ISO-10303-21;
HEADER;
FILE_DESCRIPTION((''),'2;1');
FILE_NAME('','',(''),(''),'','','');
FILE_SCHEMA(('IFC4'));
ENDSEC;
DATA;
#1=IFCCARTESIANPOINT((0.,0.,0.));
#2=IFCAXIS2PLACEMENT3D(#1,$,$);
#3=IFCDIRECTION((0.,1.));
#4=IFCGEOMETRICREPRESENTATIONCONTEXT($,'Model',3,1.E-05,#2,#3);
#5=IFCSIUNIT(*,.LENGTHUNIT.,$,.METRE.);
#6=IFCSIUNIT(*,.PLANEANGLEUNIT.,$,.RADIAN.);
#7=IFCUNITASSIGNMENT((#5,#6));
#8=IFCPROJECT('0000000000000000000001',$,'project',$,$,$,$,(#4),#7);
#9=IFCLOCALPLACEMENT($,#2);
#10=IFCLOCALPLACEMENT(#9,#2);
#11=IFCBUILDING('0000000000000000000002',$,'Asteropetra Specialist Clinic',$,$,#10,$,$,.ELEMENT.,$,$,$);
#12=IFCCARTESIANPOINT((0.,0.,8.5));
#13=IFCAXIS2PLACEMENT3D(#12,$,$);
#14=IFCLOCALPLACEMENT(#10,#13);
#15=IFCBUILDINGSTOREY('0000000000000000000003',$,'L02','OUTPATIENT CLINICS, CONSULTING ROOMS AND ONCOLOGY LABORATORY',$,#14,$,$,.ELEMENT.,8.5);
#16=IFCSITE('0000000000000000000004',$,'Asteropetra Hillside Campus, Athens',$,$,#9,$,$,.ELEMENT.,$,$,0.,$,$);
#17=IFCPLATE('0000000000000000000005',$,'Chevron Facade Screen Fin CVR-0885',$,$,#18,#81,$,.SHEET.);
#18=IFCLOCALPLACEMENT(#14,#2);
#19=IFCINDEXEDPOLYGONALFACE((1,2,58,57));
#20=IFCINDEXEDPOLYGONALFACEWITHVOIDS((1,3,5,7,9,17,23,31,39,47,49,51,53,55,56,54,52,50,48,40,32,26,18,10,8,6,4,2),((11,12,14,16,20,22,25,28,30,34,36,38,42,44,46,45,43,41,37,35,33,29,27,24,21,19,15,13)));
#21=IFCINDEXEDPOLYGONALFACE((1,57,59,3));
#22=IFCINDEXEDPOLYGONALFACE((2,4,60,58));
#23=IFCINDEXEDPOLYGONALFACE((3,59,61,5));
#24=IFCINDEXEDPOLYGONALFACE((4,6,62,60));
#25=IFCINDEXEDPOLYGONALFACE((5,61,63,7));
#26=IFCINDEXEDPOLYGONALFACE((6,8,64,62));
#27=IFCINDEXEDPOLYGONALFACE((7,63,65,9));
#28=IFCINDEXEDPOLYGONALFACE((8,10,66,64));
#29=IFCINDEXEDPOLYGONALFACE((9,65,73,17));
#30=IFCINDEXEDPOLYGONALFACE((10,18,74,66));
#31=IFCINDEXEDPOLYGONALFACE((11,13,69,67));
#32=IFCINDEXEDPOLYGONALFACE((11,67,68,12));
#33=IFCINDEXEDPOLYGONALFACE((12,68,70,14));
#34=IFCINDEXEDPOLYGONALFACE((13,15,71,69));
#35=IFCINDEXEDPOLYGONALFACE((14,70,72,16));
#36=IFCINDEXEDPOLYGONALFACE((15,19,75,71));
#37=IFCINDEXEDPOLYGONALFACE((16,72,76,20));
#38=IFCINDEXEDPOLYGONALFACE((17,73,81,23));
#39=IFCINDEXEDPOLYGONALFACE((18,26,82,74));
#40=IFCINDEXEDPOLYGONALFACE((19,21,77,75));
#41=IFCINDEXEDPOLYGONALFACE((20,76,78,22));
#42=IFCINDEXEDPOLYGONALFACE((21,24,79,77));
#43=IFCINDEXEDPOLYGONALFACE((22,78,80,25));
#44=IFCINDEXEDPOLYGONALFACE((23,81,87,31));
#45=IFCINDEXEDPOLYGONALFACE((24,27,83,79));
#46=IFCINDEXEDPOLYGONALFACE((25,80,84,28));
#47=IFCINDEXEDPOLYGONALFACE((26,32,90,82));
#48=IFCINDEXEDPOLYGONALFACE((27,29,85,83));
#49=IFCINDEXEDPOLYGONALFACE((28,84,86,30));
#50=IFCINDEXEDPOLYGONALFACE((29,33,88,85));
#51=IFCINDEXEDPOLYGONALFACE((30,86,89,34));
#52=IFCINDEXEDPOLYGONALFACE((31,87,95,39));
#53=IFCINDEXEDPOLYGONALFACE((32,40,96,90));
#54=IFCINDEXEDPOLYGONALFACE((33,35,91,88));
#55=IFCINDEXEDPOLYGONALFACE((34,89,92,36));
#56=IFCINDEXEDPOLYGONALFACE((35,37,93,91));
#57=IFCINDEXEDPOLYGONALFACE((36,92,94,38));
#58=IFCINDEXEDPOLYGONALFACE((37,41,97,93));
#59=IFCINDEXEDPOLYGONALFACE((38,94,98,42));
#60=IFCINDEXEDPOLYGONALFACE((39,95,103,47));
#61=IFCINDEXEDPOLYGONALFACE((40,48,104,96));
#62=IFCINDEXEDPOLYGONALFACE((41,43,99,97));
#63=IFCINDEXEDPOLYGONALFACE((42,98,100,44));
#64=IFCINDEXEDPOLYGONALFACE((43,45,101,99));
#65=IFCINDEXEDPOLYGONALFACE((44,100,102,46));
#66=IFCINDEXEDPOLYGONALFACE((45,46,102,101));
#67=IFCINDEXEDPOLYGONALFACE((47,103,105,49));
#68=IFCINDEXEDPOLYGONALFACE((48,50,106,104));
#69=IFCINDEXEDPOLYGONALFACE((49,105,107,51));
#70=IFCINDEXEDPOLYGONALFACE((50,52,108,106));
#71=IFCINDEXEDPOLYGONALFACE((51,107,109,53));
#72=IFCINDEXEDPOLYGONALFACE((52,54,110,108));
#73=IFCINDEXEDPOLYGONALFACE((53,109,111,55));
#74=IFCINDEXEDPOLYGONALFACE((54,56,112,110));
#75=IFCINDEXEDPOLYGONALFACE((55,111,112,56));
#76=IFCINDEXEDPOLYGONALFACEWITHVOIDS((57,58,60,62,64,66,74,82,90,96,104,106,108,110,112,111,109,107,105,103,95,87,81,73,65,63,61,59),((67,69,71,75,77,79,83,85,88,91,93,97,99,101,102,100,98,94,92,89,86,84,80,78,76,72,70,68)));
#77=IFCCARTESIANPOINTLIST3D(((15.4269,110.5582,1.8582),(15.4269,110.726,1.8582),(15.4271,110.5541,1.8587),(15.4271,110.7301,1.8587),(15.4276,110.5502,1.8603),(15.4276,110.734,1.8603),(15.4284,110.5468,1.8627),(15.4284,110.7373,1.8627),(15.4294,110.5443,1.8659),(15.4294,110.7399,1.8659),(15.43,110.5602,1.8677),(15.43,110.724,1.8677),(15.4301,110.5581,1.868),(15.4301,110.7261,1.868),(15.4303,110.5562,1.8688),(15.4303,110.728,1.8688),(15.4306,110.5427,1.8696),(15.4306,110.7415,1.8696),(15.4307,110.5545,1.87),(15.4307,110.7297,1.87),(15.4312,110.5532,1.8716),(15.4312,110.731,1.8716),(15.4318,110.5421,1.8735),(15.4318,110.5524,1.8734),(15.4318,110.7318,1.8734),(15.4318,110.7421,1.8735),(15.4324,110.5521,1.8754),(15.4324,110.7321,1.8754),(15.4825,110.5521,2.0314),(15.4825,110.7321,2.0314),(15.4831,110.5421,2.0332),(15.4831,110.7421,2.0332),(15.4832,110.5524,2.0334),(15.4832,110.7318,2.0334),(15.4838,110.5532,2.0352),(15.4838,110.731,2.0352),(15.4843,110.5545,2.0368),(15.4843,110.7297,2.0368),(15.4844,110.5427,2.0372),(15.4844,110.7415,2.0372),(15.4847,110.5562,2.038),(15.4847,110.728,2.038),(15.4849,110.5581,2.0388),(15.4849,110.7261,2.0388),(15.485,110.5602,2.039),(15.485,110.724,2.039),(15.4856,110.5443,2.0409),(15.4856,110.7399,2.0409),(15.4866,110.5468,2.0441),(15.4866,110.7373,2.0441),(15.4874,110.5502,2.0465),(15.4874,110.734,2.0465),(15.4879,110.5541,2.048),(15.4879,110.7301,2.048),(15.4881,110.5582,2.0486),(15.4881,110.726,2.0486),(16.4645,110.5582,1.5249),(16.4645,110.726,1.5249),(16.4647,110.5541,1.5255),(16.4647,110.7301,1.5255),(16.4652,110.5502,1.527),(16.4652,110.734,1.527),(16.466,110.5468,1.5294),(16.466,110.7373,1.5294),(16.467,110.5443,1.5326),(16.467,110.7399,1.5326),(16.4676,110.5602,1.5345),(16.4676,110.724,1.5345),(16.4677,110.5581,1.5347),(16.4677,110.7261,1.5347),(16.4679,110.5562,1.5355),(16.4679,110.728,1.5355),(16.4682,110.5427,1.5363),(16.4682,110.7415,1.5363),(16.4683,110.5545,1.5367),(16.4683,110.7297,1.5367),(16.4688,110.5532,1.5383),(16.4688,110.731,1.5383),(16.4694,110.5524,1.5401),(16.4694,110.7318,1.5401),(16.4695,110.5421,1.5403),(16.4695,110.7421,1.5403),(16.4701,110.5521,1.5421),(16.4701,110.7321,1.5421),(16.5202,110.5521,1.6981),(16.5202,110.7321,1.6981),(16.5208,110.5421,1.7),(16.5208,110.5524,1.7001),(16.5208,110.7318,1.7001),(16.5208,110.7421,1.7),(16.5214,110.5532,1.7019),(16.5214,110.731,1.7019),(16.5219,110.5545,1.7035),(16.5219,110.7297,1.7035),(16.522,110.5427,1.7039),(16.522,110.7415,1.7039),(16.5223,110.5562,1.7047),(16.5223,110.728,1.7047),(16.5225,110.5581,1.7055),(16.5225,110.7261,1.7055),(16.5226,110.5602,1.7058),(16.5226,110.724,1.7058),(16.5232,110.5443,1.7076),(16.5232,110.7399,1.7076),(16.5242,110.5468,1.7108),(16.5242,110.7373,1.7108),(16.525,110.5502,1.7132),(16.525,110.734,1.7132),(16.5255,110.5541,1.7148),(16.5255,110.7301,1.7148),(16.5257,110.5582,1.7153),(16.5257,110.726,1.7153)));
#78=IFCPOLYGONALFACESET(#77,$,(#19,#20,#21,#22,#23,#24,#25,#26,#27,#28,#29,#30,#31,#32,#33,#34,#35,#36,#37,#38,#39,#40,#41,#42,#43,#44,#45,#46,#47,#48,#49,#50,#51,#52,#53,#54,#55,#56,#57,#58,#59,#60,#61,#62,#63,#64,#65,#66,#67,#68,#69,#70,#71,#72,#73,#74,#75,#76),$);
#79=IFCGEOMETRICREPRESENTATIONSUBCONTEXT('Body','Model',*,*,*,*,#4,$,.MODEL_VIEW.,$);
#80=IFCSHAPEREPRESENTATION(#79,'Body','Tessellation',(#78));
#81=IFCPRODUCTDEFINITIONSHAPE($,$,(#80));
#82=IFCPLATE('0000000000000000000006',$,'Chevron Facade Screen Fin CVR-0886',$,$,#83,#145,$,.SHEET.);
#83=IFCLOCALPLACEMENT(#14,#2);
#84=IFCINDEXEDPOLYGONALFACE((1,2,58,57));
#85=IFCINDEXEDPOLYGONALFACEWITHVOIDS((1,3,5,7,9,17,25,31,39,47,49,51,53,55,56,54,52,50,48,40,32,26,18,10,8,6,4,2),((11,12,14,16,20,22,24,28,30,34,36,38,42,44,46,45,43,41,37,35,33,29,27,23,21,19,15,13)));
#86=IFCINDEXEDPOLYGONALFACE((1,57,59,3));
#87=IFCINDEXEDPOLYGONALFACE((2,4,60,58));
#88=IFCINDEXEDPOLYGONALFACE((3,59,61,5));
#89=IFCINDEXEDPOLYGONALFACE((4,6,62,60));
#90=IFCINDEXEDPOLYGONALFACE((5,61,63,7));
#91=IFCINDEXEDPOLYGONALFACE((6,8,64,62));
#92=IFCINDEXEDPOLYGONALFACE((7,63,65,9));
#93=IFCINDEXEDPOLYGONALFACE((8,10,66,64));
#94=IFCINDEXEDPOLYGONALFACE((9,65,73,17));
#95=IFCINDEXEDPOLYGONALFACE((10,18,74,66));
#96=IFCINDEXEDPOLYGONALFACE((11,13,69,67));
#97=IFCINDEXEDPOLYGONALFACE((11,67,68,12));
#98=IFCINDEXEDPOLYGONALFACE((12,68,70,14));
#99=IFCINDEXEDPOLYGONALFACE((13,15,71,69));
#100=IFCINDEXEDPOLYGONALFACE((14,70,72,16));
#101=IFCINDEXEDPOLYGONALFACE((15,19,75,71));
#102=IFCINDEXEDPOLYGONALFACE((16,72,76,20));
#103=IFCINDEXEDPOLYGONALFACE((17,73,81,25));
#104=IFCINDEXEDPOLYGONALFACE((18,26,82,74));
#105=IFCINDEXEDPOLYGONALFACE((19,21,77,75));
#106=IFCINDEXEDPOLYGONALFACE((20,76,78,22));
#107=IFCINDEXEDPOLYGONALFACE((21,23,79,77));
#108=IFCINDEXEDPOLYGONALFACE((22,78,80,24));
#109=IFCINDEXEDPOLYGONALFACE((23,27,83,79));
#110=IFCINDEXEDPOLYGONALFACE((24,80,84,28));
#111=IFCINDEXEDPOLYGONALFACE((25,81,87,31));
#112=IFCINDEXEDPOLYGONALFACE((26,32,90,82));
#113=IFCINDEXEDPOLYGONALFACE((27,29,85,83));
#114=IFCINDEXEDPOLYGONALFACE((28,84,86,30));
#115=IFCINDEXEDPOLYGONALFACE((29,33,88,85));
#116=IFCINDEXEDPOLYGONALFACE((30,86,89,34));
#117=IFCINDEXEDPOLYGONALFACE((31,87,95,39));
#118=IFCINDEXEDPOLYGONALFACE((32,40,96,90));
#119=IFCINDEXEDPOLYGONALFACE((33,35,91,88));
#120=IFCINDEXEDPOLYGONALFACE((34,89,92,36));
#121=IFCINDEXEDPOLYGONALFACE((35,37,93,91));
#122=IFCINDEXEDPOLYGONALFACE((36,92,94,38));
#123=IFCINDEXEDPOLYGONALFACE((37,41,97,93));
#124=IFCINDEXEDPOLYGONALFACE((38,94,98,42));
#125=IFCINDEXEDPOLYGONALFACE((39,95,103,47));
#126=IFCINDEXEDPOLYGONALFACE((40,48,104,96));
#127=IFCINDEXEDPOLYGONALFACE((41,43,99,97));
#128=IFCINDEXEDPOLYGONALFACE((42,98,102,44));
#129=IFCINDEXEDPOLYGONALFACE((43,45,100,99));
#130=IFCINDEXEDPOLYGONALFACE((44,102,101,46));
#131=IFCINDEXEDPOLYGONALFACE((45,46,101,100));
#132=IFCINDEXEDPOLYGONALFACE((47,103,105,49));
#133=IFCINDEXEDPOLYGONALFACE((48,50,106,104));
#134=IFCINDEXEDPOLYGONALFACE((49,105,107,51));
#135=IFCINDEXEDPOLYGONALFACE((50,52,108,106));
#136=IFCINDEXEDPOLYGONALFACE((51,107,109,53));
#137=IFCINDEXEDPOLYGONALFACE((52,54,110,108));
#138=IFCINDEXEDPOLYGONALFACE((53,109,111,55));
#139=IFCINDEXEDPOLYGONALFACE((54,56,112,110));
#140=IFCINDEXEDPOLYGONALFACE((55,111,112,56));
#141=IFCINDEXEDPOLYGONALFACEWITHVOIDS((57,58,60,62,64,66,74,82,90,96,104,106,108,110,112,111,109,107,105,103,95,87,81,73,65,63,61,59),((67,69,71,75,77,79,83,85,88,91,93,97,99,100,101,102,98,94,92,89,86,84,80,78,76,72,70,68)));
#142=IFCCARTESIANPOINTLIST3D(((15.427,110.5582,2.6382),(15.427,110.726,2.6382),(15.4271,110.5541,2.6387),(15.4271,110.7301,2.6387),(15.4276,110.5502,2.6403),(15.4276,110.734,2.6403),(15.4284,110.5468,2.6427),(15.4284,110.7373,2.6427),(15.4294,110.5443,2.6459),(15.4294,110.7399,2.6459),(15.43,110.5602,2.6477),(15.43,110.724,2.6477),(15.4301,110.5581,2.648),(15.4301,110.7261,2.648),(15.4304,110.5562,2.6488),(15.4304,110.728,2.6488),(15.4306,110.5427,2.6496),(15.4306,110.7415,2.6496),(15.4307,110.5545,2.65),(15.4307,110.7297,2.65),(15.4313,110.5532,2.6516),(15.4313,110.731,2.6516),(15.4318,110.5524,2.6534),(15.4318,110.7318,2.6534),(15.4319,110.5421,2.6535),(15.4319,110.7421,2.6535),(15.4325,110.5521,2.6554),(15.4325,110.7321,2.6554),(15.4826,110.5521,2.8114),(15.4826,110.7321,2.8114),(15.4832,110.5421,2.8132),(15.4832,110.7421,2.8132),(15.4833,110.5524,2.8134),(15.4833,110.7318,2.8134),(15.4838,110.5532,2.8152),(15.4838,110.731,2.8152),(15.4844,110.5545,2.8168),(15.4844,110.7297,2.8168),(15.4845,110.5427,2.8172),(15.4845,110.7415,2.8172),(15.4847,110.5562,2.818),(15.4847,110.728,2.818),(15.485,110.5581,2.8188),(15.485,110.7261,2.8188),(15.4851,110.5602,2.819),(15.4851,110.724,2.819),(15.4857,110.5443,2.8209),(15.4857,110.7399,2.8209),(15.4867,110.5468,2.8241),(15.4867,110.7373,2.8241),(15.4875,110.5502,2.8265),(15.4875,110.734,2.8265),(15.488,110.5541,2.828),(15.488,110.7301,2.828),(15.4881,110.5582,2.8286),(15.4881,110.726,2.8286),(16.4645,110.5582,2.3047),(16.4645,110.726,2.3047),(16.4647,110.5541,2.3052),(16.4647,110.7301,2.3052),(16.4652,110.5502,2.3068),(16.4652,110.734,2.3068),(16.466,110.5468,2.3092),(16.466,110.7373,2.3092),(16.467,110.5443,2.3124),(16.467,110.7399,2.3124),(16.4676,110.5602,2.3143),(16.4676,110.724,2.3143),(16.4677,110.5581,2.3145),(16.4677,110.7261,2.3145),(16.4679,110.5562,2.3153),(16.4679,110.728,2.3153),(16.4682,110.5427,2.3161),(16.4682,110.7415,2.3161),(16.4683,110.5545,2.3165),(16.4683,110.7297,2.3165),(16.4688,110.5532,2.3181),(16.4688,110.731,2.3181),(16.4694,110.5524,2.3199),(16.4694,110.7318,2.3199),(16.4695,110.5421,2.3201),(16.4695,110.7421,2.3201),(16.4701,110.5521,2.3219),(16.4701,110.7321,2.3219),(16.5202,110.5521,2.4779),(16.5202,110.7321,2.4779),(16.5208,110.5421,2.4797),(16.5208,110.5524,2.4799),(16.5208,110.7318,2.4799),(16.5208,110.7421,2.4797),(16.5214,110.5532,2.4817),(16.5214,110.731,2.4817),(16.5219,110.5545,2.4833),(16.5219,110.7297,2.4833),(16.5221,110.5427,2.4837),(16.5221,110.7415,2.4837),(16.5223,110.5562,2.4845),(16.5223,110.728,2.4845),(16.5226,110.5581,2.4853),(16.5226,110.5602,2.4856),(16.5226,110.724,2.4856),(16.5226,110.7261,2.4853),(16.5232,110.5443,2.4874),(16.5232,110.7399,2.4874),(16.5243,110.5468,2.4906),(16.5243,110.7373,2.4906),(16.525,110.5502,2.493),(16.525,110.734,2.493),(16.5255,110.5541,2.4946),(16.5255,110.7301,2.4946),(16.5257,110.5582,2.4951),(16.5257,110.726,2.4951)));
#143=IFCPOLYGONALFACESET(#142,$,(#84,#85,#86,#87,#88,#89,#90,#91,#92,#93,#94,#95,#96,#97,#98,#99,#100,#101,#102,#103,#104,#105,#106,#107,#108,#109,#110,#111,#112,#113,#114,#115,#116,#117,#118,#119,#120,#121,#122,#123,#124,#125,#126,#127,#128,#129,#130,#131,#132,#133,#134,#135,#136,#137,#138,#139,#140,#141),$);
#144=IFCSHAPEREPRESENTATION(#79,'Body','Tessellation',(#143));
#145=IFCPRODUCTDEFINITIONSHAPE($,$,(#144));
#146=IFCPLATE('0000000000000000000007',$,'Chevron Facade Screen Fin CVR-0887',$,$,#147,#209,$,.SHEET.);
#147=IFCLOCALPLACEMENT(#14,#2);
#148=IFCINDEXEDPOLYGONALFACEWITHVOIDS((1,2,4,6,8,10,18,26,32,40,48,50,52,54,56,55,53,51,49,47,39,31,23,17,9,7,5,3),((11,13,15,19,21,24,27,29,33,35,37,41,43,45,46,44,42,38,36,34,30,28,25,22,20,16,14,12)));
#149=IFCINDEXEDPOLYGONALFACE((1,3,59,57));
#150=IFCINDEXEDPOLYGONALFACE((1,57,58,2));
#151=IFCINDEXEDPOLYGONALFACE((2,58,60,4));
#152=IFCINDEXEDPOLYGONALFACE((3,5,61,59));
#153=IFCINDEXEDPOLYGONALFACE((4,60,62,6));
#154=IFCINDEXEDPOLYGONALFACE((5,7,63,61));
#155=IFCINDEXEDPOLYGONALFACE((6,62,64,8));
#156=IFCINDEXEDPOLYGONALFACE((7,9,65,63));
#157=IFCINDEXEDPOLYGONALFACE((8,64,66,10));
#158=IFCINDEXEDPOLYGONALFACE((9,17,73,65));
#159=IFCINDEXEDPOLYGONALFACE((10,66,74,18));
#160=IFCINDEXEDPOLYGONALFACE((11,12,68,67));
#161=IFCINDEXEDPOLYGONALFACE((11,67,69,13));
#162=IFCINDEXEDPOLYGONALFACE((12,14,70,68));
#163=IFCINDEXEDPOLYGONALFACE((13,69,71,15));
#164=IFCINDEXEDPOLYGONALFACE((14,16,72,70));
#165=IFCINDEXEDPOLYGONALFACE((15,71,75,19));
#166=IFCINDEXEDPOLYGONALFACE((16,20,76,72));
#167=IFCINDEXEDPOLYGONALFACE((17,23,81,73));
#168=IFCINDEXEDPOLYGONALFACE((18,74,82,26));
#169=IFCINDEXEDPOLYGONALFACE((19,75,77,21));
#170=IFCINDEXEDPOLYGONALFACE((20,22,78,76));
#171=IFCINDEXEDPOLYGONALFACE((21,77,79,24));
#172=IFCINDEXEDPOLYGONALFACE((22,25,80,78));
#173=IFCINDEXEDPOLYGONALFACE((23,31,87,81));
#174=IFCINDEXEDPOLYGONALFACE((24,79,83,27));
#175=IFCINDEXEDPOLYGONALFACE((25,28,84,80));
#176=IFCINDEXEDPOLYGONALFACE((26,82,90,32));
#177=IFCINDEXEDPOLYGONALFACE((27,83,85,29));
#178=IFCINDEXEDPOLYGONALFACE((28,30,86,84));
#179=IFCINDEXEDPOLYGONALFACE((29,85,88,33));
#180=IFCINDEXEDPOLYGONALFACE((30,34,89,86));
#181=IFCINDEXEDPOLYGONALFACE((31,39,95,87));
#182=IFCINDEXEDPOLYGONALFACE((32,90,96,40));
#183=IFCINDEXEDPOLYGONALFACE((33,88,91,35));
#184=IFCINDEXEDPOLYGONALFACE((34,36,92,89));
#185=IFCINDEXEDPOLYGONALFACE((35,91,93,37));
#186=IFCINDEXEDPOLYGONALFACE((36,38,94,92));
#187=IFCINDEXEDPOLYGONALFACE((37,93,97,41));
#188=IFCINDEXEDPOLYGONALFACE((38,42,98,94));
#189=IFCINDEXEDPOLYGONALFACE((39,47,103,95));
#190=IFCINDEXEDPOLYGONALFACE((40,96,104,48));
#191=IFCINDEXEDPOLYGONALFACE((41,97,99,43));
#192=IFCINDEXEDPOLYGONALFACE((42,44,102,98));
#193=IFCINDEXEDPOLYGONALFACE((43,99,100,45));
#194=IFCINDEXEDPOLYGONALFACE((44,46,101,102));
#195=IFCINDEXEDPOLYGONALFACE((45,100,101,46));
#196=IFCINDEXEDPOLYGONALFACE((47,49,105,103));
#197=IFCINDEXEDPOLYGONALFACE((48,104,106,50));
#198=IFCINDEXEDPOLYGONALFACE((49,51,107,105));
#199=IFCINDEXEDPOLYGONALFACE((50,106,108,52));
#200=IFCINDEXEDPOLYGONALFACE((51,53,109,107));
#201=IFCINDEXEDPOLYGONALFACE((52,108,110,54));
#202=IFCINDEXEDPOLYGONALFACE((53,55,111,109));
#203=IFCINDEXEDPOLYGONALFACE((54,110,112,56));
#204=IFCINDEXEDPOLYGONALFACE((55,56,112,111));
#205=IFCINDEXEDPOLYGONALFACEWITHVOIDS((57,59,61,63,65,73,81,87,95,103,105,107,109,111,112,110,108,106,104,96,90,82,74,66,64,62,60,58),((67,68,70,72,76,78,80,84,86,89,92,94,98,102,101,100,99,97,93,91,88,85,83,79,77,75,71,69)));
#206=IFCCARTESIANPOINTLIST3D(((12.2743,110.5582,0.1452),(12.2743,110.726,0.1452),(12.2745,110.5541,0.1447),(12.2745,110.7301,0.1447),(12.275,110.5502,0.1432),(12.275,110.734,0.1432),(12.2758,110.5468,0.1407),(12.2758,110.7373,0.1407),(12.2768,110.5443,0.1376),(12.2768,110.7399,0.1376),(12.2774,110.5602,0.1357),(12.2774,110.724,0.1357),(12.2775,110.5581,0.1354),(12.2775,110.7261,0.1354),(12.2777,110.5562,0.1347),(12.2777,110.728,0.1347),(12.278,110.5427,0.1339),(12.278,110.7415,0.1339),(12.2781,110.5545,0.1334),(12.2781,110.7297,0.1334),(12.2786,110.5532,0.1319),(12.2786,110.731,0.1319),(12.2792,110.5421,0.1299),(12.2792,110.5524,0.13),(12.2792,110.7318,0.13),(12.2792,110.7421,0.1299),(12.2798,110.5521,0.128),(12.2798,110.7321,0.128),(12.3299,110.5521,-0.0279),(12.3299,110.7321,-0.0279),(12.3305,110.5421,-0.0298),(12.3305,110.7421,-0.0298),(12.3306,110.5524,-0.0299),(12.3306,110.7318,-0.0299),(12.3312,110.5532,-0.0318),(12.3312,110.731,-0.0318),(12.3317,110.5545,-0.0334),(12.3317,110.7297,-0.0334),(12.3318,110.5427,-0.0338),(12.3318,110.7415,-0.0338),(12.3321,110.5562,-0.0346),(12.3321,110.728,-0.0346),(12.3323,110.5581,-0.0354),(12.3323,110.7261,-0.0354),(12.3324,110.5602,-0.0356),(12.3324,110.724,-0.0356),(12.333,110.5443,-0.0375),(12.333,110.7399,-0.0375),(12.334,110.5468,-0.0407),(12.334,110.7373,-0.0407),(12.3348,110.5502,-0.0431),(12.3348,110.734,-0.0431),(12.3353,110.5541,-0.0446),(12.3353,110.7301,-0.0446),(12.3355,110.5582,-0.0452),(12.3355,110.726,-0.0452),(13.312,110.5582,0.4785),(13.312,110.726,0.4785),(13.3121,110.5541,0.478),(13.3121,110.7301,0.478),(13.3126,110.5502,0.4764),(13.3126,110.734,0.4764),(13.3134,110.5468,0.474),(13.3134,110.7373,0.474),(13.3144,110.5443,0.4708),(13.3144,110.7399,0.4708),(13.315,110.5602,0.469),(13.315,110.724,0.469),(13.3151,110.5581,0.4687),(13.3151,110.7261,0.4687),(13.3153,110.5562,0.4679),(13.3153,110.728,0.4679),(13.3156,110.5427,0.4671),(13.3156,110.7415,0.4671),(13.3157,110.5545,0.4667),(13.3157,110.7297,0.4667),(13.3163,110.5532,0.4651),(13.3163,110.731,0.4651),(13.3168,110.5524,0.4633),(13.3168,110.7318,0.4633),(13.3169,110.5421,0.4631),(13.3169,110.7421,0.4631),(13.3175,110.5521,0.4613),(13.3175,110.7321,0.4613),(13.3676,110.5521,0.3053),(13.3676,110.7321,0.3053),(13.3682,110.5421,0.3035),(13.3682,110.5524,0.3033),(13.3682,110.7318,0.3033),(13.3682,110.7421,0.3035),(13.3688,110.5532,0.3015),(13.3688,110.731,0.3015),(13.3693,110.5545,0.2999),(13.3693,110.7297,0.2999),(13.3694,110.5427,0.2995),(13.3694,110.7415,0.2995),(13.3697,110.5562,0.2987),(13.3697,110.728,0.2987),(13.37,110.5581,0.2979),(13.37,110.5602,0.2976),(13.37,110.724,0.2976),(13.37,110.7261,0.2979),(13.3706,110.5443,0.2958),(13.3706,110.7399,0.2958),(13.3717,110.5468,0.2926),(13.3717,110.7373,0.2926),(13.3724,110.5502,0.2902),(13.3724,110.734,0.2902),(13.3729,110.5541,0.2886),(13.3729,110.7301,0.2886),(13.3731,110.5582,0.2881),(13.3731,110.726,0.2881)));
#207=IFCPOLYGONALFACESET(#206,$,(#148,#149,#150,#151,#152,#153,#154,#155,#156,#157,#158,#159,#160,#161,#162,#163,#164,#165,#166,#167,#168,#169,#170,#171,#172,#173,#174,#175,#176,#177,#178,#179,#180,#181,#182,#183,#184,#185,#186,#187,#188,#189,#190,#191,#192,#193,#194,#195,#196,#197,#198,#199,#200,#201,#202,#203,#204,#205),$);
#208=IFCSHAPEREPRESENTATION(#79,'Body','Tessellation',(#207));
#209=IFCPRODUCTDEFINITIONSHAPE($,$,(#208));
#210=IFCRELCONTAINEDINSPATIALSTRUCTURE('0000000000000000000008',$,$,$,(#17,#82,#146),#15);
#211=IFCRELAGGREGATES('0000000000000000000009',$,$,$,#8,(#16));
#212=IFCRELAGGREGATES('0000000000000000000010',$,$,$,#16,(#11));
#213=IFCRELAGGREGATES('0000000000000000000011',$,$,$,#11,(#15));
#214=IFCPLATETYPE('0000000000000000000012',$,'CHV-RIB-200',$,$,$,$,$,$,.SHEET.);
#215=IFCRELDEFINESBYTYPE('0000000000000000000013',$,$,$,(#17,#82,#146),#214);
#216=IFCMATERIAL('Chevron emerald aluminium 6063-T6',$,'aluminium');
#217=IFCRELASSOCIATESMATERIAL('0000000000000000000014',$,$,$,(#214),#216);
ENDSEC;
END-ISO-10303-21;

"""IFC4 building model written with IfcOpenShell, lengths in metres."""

from ifc_helpers import new_model, si_unit, direction, frame, origin, origin_2d, place, context, subcontext, project, spatial, hollow_rectangle, extrude, material, material_profile, profile_set, type_object, element, save


model = new_model("IFC4")

# Units and contexts
model_context = context("Model", 3, precision=1e-05, world=origin(), true_north=direction((0.0, 1.0)))
body_context = subcontext(model_context, "Body", "Model", "MODEL_VIEW")
ifc_project = project(units=[si_unit("LENGTHUNIT", "METRE"), si_unit("PLANEANGLEUNIT", "RADIAN")], contexts=[model_context])

# Site, building, storey
site_placement = place(None, origin())
site = spatial("IfcSite", under=ifc_project, at=site_placement, Name="Asteropetra Hillside Campus, Athens", CompositionType="ELEMENT", RefElevation=0.0)
building_placement = place(site_placement, origin())
building = spatial("IfcBuilding", under=site, at=building_placement, Name="Asteropetra Specialist Clinic", CompositionType="ELEMENT")
storey_placement = place(building_placement, frame((0.0, 0.0, 8.5)))
storey = spatial("IfcBuildingStorey", under=building, at=storey_placement, Name="L02", Description="OUTPATIENT CLINICS, CONSULTING ROOMS AND ONCOLOGY LABORATORY", CompositionType="ELEMENT", Elevation=8.5)

# Plates
ifc_material_1 = material(Name="Chevron emerald aluminium 6063-T6", Category="aluminium")
ifc_material_profile_1 = material_profile(ifc_material_1, hollow_rectangle(XDim=0.2, YDim=0.2, WallThickness=0.01, InnerFilletRadius=0.0081, OuterFilletRadius=0.0161, at=origin_2d()), Name="SHS 200x200x10.0")
ifc_profile_set_1 = profile_set([ifc_material_profile_1], Name="Chevron emerald aluminium 6063-T6")
plate_type_1 = type_object("IfcPlateType", Name="CHV-RIB-200", PredefinedType="SHEET", material=ifc_profile_set_1)
for number, where, z_axis, x_axis, name in (
    (1, (16.4951, 110.6421, 1.6201), (-0.952098, 0.0, 0.305792), (0.0, -1.0, 0.0), "Chevron Facade Screen Fin CVR-0885"),
    (2, (16.4951, 110.6421, 2.3999), (-0.952033, 0.0, 0.305995), (0.0, -1.0, 0.0), "Chevron Facade Screen Fin CVR-0886"),
    (3, (13.3425, 110.6421, 0.3833), (-0.952098, 0.0, -0.305792), (0.0, -1.0, 0.0), "Chevron Facade Screen Fin CVR-0887"),
):
    element("IfcPlate", number, at=place(storey_placement, frame(where, z_axis=z_axis, x_axis=x_axis)), inside=storey, type_object=plate_type_1, Name=name, PredefinedType="SHEET", context=body_context, shape_type="SweptSolid", body=[
        extrude(hollow_rectangle(XDim=0.2, YDim=0.2, WallThickness=0.01, InnerFilletRadius=0.0081, OuterFilletRadius=0.0161, at=origin_2d()), origin(), (0.0, 0.0, 1.0), 1.0898),
    ])

save(model, "model.ifc")
